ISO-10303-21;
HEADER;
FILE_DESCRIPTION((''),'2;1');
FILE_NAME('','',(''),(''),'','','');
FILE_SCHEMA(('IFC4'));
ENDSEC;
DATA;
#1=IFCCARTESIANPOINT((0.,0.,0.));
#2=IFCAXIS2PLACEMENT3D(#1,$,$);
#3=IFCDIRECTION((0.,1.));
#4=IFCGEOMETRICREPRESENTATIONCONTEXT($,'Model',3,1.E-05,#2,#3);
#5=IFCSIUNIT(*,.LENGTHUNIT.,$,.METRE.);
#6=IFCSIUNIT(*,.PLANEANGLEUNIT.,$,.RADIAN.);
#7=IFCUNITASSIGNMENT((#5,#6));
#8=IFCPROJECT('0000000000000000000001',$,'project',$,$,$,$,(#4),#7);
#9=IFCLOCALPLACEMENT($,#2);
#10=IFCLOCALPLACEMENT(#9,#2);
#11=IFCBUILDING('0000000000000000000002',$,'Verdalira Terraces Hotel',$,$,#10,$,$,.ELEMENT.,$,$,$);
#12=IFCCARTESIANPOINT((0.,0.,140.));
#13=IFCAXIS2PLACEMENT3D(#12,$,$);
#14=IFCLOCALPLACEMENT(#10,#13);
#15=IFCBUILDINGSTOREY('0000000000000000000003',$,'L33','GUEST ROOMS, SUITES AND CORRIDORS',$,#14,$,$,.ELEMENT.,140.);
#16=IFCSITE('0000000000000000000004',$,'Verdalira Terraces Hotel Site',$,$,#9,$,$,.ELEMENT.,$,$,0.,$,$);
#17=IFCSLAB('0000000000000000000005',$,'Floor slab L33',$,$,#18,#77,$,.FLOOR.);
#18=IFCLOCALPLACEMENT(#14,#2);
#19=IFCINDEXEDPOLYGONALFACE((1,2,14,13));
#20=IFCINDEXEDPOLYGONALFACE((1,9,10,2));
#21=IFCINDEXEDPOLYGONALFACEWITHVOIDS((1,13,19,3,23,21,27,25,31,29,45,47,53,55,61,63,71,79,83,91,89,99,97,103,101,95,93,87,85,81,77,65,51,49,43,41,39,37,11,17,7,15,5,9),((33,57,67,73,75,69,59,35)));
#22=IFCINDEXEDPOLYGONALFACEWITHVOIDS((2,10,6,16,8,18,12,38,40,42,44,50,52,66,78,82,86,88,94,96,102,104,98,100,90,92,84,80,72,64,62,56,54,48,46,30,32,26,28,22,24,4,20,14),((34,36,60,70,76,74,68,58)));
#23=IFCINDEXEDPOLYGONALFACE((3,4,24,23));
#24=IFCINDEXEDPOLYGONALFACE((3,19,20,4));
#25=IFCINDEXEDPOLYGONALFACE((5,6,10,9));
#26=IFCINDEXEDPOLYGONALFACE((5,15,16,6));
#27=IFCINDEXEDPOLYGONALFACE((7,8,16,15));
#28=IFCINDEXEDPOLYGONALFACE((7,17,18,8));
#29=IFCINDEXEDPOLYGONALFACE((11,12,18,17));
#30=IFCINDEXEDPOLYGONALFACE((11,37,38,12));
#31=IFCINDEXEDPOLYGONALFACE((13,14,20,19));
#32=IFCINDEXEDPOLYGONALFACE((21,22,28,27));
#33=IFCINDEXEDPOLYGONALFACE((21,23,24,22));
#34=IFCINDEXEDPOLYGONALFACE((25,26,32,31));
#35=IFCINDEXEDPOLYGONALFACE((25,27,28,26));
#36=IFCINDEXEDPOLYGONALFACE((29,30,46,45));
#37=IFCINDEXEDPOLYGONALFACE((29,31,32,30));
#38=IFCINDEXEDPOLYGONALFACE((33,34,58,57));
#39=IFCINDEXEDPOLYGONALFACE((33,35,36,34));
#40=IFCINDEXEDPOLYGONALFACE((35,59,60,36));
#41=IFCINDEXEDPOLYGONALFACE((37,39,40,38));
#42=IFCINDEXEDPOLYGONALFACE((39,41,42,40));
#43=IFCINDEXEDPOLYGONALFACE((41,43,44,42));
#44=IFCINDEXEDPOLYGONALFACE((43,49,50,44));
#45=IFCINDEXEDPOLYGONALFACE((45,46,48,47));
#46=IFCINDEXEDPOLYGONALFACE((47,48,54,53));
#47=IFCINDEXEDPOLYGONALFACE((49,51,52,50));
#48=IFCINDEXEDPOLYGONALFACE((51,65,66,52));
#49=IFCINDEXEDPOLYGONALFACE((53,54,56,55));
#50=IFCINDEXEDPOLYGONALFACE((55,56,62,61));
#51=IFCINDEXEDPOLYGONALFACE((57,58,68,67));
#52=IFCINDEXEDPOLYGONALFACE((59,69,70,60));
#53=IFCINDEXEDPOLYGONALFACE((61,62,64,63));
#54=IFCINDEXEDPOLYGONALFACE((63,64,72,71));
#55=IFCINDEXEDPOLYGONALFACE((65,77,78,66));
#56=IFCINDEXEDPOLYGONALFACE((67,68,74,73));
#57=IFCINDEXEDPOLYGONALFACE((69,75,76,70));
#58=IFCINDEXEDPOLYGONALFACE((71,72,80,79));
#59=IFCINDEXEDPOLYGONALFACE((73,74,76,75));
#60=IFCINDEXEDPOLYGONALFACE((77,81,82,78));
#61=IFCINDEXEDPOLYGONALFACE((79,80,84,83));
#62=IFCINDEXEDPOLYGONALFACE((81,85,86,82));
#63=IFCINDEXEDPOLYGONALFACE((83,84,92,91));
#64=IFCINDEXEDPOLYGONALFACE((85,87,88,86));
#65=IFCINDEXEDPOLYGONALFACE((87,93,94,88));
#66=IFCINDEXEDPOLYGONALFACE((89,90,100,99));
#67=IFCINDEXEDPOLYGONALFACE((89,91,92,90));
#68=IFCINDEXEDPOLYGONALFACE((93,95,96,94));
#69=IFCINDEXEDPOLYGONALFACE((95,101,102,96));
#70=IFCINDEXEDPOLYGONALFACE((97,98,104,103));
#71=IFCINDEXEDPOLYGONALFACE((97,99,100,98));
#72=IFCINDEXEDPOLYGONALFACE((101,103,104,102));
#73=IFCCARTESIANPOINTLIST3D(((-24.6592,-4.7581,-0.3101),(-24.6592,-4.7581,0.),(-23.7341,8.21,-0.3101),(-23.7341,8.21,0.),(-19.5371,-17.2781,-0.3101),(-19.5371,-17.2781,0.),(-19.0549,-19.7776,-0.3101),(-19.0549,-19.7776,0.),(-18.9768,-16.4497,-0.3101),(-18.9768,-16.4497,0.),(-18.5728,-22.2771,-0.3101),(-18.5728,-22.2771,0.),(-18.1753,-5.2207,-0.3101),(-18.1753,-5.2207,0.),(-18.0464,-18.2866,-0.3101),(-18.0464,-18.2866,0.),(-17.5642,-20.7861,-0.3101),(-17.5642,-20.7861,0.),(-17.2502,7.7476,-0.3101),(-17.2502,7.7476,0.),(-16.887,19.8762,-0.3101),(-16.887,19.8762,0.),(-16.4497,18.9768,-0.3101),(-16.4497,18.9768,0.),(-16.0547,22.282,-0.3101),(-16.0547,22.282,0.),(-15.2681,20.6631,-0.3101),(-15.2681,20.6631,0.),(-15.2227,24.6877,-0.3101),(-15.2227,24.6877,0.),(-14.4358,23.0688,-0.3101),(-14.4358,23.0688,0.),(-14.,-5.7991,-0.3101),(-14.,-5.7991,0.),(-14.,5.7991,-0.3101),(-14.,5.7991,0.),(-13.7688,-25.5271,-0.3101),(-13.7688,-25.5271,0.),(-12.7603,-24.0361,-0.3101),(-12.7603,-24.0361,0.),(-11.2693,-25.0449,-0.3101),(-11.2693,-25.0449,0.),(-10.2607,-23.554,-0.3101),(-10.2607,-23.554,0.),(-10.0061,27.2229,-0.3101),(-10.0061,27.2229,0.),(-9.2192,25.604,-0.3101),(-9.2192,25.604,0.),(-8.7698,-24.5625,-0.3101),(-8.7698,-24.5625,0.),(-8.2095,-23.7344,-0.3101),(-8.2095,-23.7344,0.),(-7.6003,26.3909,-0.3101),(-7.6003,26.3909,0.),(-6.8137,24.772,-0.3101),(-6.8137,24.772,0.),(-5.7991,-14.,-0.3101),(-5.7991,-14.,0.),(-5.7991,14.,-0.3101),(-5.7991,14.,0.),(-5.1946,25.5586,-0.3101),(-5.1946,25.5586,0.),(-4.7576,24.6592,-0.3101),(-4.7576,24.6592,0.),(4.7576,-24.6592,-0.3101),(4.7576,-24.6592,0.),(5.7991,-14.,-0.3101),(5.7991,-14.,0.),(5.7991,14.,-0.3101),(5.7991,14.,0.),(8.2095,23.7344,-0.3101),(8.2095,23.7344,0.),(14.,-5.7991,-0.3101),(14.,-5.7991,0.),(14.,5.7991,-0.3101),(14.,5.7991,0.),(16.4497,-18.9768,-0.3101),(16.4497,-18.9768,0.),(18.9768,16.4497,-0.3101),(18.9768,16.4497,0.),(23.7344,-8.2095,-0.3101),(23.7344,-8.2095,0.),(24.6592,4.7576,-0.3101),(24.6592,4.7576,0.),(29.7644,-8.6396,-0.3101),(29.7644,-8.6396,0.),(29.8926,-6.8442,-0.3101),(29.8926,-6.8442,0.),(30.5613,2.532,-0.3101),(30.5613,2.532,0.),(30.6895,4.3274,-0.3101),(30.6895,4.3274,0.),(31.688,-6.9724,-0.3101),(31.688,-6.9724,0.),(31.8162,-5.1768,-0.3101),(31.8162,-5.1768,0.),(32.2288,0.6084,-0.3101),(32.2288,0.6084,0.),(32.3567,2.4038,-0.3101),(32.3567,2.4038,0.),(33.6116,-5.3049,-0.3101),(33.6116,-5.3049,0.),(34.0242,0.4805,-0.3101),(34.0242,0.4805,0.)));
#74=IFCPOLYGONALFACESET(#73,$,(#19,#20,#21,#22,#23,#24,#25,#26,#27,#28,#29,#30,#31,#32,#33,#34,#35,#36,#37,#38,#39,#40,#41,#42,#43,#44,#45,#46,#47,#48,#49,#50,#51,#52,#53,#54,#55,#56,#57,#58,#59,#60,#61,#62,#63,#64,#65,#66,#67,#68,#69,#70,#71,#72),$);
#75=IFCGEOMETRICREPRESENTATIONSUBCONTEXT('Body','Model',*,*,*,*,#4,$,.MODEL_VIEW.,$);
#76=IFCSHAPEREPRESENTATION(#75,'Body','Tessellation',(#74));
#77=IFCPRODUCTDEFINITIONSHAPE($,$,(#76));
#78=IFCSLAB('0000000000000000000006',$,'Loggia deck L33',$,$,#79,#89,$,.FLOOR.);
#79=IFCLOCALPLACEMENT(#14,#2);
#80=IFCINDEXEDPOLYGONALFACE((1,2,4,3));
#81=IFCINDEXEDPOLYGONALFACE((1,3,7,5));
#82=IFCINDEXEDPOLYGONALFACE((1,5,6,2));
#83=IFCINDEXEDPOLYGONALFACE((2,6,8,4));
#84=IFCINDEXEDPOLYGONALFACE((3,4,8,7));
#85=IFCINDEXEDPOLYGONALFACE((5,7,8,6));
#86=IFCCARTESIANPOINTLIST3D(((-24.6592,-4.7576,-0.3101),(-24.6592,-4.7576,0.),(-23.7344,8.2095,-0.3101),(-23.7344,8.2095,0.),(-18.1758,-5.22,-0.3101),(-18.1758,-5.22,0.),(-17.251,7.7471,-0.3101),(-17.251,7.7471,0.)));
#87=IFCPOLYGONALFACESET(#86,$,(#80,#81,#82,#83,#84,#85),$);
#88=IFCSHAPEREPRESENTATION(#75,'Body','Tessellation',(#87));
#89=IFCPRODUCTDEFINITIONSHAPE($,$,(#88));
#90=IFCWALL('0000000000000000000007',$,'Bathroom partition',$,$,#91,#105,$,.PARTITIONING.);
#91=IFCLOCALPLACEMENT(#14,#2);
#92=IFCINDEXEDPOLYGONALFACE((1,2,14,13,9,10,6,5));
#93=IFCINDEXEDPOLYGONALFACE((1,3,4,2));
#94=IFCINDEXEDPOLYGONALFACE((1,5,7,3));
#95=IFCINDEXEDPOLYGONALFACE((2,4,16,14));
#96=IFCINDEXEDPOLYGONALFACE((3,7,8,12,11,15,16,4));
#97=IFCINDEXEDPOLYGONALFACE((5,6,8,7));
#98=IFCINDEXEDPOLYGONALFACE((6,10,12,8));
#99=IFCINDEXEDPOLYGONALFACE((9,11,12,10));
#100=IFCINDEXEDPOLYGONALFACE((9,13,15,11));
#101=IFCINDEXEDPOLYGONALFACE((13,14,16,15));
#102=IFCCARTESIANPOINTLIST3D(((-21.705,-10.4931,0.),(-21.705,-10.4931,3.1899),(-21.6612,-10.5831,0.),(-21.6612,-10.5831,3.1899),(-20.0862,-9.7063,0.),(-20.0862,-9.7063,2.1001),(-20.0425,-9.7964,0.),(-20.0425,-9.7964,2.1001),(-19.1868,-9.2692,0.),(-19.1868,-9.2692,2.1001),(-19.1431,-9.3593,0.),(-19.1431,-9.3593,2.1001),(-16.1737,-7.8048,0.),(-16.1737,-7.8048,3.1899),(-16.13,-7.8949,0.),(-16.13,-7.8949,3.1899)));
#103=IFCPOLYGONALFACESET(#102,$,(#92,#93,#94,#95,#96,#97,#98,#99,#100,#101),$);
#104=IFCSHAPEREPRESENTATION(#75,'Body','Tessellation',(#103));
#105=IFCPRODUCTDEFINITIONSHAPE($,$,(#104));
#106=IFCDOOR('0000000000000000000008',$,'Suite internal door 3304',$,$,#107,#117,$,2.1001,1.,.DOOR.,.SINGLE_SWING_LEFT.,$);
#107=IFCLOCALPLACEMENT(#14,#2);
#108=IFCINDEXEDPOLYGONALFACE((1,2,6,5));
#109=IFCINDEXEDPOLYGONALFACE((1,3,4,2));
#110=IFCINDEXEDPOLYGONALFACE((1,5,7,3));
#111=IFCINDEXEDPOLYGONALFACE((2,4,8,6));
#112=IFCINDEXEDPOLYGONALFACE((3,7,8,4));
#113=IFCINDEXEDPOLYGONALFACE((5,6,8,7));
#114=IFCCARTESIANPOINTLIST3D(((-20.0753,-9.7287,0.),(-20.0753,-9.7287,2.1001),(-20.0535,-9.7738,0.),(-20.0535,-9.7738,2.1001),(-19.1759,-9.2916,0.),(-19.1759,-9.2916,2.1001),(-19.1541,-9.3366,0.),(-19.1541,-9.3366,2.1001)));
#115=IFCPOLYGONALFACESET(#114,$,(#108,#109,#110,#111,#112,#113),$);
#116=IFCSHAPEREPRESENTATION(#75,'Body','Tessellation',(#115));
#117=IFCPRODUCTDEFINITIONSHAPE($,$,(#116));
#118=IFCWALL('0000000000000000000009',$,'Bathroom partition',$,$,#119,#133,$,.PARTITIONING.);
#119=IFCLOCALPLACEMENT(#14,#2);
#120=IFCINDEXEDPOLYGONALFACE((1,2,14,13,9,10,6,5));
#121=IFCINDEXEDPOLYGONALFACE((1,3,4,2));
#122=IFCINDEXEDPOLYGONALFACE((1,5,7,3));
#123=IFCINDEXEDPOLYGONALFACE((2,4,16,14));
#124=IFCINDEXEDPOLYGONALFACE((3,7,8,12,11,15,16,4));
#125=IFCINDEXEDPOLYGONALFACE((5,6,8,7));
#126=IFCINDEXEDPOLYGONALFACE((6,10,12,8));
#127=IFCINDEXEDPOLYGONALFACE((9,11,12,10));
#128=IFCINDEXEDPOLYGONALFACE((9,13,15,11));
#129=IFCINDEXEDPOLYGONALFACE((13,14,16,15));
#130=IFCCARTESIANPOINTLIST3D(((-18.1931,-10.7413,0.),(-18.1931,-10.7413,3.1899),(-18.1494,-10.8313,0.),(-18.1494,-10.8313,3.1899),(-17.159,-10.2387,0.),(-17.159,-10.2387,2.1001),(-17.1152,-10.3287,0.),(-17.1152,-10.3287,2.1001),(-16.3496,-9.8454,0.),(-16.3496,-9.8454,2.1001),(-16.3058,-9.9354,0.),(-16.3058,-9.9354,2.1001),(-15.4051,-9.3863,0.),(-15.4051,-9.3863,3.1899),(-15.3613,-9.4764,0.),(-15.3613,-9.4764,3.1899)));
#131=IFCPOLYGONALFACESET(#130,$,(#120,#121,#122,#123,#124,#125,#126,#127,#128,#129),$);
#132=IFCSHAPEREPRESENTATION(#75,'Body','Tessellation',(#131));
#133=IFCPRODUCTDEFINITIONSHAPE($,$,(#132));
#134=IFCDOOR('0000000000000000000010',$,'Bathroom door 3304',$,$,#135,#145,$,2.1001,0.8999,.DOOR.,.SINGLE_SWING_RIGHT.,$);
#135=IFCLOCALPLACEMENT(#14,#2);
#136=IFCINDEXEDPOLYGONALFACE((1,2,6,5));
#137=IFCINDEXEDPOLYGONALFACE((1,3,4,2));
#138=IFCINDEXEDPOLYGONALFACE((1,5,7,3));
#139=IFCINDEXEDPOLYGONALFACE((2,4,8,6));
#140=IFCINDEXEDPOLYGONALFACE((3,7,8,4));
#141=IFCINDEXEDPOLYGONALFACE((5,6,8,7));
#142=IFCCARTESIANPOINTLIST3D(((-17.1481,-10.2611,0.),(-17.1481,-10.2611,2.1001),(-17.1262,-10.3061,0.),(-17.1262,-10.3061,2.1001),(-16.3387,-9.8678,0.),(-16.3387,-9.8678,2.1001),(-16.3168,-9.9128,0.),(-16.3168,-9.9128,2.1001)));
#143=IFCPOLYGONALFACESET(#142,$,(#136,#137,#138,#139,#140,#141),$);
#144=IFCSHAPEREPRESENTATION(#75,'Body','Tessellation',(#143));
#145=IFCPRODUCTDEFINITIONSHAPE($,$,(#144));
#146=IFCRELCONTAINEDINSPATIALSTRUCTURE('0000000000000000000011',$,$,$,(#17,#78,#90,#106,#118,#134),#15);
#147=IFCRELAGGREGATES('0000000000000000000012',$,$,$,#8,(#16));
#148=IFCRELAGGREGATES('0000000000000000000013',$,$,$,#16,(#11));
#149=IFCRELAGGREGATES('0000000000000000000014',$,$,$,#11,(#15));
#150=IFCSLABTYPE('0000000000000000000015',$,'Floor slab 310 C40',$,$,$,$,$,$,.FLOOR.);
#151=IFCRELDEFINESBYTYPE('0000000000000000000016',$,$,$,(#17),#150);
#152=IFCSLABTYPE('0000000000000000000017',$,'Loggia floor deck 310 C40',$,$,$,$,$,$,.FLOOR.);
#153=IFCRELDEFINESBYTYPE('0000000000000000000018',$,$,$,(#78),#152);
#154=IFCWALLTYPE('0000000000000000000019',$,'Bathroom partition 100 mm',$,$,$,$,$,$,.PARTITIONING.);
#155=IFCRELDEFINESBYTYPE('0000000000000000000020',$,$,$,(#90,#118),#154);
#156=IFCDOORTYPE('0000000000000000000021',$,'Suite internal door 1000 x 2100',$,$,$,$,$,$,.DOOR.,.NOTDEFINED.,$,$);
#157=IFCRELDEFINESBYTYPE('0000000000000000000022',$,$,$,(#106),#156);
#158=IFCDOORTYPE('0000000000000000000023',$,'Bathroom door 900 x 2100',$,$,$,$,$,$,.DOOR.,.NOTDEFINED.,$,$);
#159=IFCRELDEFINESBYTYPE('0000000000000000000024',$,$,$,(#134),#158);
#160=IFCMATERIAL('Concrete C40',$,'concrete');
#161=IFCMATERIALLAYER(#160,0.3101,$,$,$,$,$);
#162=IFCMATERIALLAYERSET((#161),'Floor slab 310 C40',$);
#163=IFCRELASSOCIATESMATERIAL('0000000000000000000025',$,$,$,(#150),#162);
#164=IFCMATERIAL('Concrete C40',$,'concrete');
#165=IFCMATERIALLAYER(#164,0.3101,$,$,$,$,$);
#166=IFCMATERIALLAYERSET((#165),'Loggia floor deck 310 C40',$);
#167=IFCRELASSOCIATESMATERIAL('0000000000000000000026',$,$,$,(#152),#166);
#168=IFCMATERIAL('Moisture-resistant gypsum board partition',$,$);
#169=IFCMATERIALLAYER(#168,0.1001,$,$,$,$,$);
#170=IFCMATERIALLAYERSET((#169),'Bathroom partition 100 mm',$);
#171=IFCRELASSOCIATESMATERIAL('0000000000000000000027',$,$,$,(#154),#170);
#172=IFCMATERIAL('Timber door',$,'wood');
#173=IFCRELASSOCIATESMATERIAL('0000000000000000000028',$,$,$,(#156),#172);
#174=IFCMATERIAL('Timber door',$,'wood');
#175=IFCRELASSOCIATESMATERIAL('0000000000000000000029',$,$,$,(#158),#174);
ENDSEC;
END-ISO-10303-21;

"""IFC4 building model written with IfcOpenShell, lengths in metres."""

from ifc_helpers import new_model, si_unit, direction, frame, frame_2d, origin, place, context, subcontext, project, spatial, polyline, rectangle, outline, extrude, material, layer, layer_set, type_object, element, fill, save


model = new_model("IFC4")

# Units and contexts
model_context = context("Model", 3, precision=1e-05, world=origin(), true_north=direction((0.0, 1.0)))
body_context = subcontext(model_context, "Body", "Model", "MODEL_VIEW")
ifc_project = project(units=[si_unit("LENGTHUNIT", "METRE"), si_unit("PLANEANGLEUNIT", "RADIAN")], contexts=[model_context])

# Site, building, storey
site_placement = place(None, origin())
site = spatial("IfcSite", under=ifc_project, at=site_placement, Name="Verdalira Terraces Hotel Site", CompositionType="ELEMENT", RefElevation=0.0)
building_placement = place(site_placement, origin())
building = spatial("IfcBuilding", under=site, at=building_placement, Name="Verdalira Terraces Hotel", CompositionType="ELEMENT")
storey_placement = place(building_placement, frame((0.0, 0.0, 140.0)))
storey = spatial("IfcBuildingStorey", under=building, at=storey_placement, Name="L33", Description="GUEST ROOMS, SUITES AND CORRIDORS", CompositionType="ELEMENT", Elevation=140.0)

# Slabs
ifc_material_1 = material(Name="Concrete C40", Category="concrete")
ifc_layer_1 = layer(ifc_material_1, 0.3101)
ifc_layer_set_1 = layer_set([ifc_layer_1], Name="Floor slab 310 C40")
slab_type_1 = type_object("IfcSlabType", Name="Floor slab 310 C40", PredefinedType="FLOOR", material=ifc_layer_set_1)
slab_1_placement = place(storey_placement, frame((0.0, 0.0, -0.3101)))
element("IfcSlab", 1, at=slab_1_placement, inside=storey, type_object=slab_type_1, Name="Floor slab L33", PredefinedType="FLOOR", context=body_context, shape_type="SweptSolid", body=[
    extrude(outline(polyline([(-16.887, 19.8762), (-16.4497, 18.9768), (-23.7341, 8.21), (-17.2502, 7.7476), (-18.1753, -5.2207), (-24.6592, -4.7581), (-18.9768, -16.4497), (-19.5371, -17.2781), (-18.0464, -18.2866), (-19.0549, -19.7776), (-17.5642, -20.7861), (-18.5728, -22.2771), (-13.7688, -25.5271), (-12.7603, -24.0361), (-11.2693, -25.0449), (-10.2607, -23.554), (-8.7698, -24.5625), (-8.2095, -23.7344), (4.7576, -24.6592), (16.4497, -18.9768), (23.7344, -8.2095), (29.7644, -8.6396), (29.8926, -6.8442), (31.688, -6.9724), (31.8162, -5.1768), (33.6116, -5.3049), (34.0242, 0.4805), (32.2288, 0.6084), (32.3567, 2.4038), (30.5613, 2.532), (30.6895, 4.3274), (24.6592, 4.7576), (18.9768, 16.4497), (8.2095, 23.7344), (-4.7576, 24.6592), (-5.1946, 25.5586), (-6.8137, 24.772), (-7.6003, 26.3909), (-9.2192, 25.604), (-10.0061, 27.2229), (-15.2227, 24.6877), (-14.4358, 23.0688), (-16.0547, 22.282), (-15.2681, 20.6631), (-16.887, 19.8762)]), holes=[polyline([(5.7991, 14.0), (14.0, 5.7991), (14.0, -5.7991), (5.7991, -14.0), (-5.7991, -14.0), (-14.0, -5.7991), (-14.0, 5.7991), (-5.7991, 14.0), (5.7991, 14.0)])]), origin(), (0.0, 0.0, 1.0), 0.3101),
])
ifc_material_2 = material(Name="Concrete C40", Category="concrete")
ifc_layer_2 = layer(ifc_material_2, 0.3101)
ifc_layer_set_2 = layer_set([ifc_layer_2], Name="Loggia floor deck 310 C40")
slab_type_2 = type_object("IfcSlabType", Name="Loggia floor deck 310 C40", PredefinedType="FLOOR", material=ifc_layer_set_2)
slab_2_placement = place(storey_placement, frame((0.0, 0.0, -0.3101)))
element("IfcSlab", 2, at=slab_2_placement, inside=storey, type_object=slab_type_2, Name="Loggia deck L33", PredefinedType="FLOOR", context=body_context, shape_type="SweptSolid", body=[
    extrude(outline(polyline([(-17.251, 7.7471), (-23.7344, 8.2095), (-24.6592, -4.7576), (-18.1758, -5.22), (-17.251, 7.7471)])), origin(), (0.0, 0.0, 1.0), 0.3101),
])

# Walls, openings, doors
ifc_material_3 = material(Name="Moisture-resistant gypsum board partition")
ifc_layer_3 = layer(ifc_material_3, 0.1001)
ifc_layer_set_3 = layer_set([ifc_layer_3], Name="Bathroom partition 100 mm")
wall_type_1 = type_object("IfcWallType", Name="Bathroom partition 100 mm", PredefinedType="PARTITIONING", material=ifc_layer_set_3)
wall_1_placement = place(storey_placement, frame((-16.1519, -7.8499, 0.0), z_axis=(0.0, 0.0, 1.0), x_axis=(-0.899404, -0.437118, 0.0)))
wall_1 = element("IfcWall", 3, at=wall_1_placement, inside=storey, type_object=wall_type_1, Name="Bathroom partition", PredefinedType="PARTITIONING", context=body_context, shape_type="SweptSolid", body=[
    extrude(rectangle(XDim=6.1499, YDim=0.1001, at=frame_2d((3.075, 0.0))), origin(), (0.0, 0.0, 1.0), 3.1899),
])
opening_1_placement = place(wall_1_placement, frame((3.3501, 0.0, 0.0)))
opening_1 = element("IfcOpeningElement", 4, at=opening_1_placement, cuts=wall_1, PredefinedType="OPENING", context=body_context, shape_type="SweptSolid", body=[
    extrude(rectangle(XDim=1.0, YDim=2.1001, at=frame_2d((0.5, 1.05))), frame((0.0, 0.0601, 0.0), z_axis=(0.0, -1.0, 0.0), x_axis=(1.0, 0.0, 0.0)), (0.0, 0.0, 1.0), 0.1201),
])
ifc_material_4 = material(Name="Timber door", Category="wood")
door_type_1 = type_object("IfcDoorType", Name="Suite internal door 1000 x 2100", OperationType="NOTDEFINED", PredefinedType="DOOR", material=ifc_material_4)
door_1_placement = place(opening_1_placement, origin())
door_1 = element("IfcDoor", 5, at=door_1_placement, inside=storey, type_object=door_type_1, Name="Suite internal door 3304", OperationType="SINGLE_SWING_LEFT", OverallHeight=2.1001, OverallWidth=1.0, PredefinedType="DOOR", context=body_context, shape_type="SweptSolid", body=[
    extrude(rectangle(XDim=1.0, YDim=2.1001, at=frame_2d((0.5, 1.05))), frame((0.0, 0.0249, 0.0), z_axis=(0.0, -1.0, 0.0), x_axis=(1.0, 0.0, 0.0)), (0.0, 0.0, 1.0), 0.05),
])
fill(opening_1, door_1)
wall_2_placement = place(storey_placement, frame((-15.3833, -9.4314, 0.0), z_axis=(0.0, 0.0, 1.0), x_axis=(-0.899411, -0.437104, 0.0)))
wall_2 = element("IfcWall", 6, at=wall_2_placement, inside=storey, type_object=wall_type_1, Name="Bathroom partition", PredefinedType="PARTITIONING", context=body_context, shape_type="SweptSolid", body=[
    extrude(rectangle(XDim=3.0999, YDim=0.1001, at=frame_2d((1.5498, 0.0))), origin(), (0.0, 0.0, 1.0), 3.1899),
])
opening_2_placement = place(wall_2_placement, frame((1.05, 0.0, 0.0)))
opening_2 = element("IfcOpeningElement", 7, at=opening_2_placement, cuts=wall_2, PredefinedType="OPENING", context=body_context, shape_type="SweptSolid", body=[
    extrude(rectangle(XDim=0.8999, YDim=2.1001, at=frame_2d((0.45, 1.05))), frame((0.0, 0.0601, 0.0), z_axis=(0.0, -1.0, 0.0), x_axis=(1.0, 0.0, 0.0)), (0.0, 0.0, 1.0), 0.1201),
])
ifc_material_5 = material(Name="Timber door", Category="wood")
door_type_2 = type_object("IfcDoorType", Name="Bathroom door 900 x 2100", OperationType="NOTDEFINED", PredefinedType="DOOR", material=ifc_material_5)
door_2_placement = place(opening_2_placement, origin())
door_2 = element("IfcDoor", 8, at=door_2_placement, inside=storey, type_object=door_type_2, Name="Bathroom door 3304", OperationType="SINGLE_SWING_RIGHT", OverallHeight=2.1001, OverallWidth=0.8999, PredefinedType="DOOR", context=body_context, shape_type="SweptSolid", body=[
    extrude(rectangle(XDim=0.8999, YDim=2.1001, at=frame_2d((0.45, 1.05))), frame((0.0, 0.0249, 0.0), z_axis=(0.0, -1.0, 0.0), x_axis=(1.0, 0.0, 0.0)), (0.0, 0.0, 1.0), 0.05),
])
fill(opening_2, door_2)

save(model, "model.ifc")
